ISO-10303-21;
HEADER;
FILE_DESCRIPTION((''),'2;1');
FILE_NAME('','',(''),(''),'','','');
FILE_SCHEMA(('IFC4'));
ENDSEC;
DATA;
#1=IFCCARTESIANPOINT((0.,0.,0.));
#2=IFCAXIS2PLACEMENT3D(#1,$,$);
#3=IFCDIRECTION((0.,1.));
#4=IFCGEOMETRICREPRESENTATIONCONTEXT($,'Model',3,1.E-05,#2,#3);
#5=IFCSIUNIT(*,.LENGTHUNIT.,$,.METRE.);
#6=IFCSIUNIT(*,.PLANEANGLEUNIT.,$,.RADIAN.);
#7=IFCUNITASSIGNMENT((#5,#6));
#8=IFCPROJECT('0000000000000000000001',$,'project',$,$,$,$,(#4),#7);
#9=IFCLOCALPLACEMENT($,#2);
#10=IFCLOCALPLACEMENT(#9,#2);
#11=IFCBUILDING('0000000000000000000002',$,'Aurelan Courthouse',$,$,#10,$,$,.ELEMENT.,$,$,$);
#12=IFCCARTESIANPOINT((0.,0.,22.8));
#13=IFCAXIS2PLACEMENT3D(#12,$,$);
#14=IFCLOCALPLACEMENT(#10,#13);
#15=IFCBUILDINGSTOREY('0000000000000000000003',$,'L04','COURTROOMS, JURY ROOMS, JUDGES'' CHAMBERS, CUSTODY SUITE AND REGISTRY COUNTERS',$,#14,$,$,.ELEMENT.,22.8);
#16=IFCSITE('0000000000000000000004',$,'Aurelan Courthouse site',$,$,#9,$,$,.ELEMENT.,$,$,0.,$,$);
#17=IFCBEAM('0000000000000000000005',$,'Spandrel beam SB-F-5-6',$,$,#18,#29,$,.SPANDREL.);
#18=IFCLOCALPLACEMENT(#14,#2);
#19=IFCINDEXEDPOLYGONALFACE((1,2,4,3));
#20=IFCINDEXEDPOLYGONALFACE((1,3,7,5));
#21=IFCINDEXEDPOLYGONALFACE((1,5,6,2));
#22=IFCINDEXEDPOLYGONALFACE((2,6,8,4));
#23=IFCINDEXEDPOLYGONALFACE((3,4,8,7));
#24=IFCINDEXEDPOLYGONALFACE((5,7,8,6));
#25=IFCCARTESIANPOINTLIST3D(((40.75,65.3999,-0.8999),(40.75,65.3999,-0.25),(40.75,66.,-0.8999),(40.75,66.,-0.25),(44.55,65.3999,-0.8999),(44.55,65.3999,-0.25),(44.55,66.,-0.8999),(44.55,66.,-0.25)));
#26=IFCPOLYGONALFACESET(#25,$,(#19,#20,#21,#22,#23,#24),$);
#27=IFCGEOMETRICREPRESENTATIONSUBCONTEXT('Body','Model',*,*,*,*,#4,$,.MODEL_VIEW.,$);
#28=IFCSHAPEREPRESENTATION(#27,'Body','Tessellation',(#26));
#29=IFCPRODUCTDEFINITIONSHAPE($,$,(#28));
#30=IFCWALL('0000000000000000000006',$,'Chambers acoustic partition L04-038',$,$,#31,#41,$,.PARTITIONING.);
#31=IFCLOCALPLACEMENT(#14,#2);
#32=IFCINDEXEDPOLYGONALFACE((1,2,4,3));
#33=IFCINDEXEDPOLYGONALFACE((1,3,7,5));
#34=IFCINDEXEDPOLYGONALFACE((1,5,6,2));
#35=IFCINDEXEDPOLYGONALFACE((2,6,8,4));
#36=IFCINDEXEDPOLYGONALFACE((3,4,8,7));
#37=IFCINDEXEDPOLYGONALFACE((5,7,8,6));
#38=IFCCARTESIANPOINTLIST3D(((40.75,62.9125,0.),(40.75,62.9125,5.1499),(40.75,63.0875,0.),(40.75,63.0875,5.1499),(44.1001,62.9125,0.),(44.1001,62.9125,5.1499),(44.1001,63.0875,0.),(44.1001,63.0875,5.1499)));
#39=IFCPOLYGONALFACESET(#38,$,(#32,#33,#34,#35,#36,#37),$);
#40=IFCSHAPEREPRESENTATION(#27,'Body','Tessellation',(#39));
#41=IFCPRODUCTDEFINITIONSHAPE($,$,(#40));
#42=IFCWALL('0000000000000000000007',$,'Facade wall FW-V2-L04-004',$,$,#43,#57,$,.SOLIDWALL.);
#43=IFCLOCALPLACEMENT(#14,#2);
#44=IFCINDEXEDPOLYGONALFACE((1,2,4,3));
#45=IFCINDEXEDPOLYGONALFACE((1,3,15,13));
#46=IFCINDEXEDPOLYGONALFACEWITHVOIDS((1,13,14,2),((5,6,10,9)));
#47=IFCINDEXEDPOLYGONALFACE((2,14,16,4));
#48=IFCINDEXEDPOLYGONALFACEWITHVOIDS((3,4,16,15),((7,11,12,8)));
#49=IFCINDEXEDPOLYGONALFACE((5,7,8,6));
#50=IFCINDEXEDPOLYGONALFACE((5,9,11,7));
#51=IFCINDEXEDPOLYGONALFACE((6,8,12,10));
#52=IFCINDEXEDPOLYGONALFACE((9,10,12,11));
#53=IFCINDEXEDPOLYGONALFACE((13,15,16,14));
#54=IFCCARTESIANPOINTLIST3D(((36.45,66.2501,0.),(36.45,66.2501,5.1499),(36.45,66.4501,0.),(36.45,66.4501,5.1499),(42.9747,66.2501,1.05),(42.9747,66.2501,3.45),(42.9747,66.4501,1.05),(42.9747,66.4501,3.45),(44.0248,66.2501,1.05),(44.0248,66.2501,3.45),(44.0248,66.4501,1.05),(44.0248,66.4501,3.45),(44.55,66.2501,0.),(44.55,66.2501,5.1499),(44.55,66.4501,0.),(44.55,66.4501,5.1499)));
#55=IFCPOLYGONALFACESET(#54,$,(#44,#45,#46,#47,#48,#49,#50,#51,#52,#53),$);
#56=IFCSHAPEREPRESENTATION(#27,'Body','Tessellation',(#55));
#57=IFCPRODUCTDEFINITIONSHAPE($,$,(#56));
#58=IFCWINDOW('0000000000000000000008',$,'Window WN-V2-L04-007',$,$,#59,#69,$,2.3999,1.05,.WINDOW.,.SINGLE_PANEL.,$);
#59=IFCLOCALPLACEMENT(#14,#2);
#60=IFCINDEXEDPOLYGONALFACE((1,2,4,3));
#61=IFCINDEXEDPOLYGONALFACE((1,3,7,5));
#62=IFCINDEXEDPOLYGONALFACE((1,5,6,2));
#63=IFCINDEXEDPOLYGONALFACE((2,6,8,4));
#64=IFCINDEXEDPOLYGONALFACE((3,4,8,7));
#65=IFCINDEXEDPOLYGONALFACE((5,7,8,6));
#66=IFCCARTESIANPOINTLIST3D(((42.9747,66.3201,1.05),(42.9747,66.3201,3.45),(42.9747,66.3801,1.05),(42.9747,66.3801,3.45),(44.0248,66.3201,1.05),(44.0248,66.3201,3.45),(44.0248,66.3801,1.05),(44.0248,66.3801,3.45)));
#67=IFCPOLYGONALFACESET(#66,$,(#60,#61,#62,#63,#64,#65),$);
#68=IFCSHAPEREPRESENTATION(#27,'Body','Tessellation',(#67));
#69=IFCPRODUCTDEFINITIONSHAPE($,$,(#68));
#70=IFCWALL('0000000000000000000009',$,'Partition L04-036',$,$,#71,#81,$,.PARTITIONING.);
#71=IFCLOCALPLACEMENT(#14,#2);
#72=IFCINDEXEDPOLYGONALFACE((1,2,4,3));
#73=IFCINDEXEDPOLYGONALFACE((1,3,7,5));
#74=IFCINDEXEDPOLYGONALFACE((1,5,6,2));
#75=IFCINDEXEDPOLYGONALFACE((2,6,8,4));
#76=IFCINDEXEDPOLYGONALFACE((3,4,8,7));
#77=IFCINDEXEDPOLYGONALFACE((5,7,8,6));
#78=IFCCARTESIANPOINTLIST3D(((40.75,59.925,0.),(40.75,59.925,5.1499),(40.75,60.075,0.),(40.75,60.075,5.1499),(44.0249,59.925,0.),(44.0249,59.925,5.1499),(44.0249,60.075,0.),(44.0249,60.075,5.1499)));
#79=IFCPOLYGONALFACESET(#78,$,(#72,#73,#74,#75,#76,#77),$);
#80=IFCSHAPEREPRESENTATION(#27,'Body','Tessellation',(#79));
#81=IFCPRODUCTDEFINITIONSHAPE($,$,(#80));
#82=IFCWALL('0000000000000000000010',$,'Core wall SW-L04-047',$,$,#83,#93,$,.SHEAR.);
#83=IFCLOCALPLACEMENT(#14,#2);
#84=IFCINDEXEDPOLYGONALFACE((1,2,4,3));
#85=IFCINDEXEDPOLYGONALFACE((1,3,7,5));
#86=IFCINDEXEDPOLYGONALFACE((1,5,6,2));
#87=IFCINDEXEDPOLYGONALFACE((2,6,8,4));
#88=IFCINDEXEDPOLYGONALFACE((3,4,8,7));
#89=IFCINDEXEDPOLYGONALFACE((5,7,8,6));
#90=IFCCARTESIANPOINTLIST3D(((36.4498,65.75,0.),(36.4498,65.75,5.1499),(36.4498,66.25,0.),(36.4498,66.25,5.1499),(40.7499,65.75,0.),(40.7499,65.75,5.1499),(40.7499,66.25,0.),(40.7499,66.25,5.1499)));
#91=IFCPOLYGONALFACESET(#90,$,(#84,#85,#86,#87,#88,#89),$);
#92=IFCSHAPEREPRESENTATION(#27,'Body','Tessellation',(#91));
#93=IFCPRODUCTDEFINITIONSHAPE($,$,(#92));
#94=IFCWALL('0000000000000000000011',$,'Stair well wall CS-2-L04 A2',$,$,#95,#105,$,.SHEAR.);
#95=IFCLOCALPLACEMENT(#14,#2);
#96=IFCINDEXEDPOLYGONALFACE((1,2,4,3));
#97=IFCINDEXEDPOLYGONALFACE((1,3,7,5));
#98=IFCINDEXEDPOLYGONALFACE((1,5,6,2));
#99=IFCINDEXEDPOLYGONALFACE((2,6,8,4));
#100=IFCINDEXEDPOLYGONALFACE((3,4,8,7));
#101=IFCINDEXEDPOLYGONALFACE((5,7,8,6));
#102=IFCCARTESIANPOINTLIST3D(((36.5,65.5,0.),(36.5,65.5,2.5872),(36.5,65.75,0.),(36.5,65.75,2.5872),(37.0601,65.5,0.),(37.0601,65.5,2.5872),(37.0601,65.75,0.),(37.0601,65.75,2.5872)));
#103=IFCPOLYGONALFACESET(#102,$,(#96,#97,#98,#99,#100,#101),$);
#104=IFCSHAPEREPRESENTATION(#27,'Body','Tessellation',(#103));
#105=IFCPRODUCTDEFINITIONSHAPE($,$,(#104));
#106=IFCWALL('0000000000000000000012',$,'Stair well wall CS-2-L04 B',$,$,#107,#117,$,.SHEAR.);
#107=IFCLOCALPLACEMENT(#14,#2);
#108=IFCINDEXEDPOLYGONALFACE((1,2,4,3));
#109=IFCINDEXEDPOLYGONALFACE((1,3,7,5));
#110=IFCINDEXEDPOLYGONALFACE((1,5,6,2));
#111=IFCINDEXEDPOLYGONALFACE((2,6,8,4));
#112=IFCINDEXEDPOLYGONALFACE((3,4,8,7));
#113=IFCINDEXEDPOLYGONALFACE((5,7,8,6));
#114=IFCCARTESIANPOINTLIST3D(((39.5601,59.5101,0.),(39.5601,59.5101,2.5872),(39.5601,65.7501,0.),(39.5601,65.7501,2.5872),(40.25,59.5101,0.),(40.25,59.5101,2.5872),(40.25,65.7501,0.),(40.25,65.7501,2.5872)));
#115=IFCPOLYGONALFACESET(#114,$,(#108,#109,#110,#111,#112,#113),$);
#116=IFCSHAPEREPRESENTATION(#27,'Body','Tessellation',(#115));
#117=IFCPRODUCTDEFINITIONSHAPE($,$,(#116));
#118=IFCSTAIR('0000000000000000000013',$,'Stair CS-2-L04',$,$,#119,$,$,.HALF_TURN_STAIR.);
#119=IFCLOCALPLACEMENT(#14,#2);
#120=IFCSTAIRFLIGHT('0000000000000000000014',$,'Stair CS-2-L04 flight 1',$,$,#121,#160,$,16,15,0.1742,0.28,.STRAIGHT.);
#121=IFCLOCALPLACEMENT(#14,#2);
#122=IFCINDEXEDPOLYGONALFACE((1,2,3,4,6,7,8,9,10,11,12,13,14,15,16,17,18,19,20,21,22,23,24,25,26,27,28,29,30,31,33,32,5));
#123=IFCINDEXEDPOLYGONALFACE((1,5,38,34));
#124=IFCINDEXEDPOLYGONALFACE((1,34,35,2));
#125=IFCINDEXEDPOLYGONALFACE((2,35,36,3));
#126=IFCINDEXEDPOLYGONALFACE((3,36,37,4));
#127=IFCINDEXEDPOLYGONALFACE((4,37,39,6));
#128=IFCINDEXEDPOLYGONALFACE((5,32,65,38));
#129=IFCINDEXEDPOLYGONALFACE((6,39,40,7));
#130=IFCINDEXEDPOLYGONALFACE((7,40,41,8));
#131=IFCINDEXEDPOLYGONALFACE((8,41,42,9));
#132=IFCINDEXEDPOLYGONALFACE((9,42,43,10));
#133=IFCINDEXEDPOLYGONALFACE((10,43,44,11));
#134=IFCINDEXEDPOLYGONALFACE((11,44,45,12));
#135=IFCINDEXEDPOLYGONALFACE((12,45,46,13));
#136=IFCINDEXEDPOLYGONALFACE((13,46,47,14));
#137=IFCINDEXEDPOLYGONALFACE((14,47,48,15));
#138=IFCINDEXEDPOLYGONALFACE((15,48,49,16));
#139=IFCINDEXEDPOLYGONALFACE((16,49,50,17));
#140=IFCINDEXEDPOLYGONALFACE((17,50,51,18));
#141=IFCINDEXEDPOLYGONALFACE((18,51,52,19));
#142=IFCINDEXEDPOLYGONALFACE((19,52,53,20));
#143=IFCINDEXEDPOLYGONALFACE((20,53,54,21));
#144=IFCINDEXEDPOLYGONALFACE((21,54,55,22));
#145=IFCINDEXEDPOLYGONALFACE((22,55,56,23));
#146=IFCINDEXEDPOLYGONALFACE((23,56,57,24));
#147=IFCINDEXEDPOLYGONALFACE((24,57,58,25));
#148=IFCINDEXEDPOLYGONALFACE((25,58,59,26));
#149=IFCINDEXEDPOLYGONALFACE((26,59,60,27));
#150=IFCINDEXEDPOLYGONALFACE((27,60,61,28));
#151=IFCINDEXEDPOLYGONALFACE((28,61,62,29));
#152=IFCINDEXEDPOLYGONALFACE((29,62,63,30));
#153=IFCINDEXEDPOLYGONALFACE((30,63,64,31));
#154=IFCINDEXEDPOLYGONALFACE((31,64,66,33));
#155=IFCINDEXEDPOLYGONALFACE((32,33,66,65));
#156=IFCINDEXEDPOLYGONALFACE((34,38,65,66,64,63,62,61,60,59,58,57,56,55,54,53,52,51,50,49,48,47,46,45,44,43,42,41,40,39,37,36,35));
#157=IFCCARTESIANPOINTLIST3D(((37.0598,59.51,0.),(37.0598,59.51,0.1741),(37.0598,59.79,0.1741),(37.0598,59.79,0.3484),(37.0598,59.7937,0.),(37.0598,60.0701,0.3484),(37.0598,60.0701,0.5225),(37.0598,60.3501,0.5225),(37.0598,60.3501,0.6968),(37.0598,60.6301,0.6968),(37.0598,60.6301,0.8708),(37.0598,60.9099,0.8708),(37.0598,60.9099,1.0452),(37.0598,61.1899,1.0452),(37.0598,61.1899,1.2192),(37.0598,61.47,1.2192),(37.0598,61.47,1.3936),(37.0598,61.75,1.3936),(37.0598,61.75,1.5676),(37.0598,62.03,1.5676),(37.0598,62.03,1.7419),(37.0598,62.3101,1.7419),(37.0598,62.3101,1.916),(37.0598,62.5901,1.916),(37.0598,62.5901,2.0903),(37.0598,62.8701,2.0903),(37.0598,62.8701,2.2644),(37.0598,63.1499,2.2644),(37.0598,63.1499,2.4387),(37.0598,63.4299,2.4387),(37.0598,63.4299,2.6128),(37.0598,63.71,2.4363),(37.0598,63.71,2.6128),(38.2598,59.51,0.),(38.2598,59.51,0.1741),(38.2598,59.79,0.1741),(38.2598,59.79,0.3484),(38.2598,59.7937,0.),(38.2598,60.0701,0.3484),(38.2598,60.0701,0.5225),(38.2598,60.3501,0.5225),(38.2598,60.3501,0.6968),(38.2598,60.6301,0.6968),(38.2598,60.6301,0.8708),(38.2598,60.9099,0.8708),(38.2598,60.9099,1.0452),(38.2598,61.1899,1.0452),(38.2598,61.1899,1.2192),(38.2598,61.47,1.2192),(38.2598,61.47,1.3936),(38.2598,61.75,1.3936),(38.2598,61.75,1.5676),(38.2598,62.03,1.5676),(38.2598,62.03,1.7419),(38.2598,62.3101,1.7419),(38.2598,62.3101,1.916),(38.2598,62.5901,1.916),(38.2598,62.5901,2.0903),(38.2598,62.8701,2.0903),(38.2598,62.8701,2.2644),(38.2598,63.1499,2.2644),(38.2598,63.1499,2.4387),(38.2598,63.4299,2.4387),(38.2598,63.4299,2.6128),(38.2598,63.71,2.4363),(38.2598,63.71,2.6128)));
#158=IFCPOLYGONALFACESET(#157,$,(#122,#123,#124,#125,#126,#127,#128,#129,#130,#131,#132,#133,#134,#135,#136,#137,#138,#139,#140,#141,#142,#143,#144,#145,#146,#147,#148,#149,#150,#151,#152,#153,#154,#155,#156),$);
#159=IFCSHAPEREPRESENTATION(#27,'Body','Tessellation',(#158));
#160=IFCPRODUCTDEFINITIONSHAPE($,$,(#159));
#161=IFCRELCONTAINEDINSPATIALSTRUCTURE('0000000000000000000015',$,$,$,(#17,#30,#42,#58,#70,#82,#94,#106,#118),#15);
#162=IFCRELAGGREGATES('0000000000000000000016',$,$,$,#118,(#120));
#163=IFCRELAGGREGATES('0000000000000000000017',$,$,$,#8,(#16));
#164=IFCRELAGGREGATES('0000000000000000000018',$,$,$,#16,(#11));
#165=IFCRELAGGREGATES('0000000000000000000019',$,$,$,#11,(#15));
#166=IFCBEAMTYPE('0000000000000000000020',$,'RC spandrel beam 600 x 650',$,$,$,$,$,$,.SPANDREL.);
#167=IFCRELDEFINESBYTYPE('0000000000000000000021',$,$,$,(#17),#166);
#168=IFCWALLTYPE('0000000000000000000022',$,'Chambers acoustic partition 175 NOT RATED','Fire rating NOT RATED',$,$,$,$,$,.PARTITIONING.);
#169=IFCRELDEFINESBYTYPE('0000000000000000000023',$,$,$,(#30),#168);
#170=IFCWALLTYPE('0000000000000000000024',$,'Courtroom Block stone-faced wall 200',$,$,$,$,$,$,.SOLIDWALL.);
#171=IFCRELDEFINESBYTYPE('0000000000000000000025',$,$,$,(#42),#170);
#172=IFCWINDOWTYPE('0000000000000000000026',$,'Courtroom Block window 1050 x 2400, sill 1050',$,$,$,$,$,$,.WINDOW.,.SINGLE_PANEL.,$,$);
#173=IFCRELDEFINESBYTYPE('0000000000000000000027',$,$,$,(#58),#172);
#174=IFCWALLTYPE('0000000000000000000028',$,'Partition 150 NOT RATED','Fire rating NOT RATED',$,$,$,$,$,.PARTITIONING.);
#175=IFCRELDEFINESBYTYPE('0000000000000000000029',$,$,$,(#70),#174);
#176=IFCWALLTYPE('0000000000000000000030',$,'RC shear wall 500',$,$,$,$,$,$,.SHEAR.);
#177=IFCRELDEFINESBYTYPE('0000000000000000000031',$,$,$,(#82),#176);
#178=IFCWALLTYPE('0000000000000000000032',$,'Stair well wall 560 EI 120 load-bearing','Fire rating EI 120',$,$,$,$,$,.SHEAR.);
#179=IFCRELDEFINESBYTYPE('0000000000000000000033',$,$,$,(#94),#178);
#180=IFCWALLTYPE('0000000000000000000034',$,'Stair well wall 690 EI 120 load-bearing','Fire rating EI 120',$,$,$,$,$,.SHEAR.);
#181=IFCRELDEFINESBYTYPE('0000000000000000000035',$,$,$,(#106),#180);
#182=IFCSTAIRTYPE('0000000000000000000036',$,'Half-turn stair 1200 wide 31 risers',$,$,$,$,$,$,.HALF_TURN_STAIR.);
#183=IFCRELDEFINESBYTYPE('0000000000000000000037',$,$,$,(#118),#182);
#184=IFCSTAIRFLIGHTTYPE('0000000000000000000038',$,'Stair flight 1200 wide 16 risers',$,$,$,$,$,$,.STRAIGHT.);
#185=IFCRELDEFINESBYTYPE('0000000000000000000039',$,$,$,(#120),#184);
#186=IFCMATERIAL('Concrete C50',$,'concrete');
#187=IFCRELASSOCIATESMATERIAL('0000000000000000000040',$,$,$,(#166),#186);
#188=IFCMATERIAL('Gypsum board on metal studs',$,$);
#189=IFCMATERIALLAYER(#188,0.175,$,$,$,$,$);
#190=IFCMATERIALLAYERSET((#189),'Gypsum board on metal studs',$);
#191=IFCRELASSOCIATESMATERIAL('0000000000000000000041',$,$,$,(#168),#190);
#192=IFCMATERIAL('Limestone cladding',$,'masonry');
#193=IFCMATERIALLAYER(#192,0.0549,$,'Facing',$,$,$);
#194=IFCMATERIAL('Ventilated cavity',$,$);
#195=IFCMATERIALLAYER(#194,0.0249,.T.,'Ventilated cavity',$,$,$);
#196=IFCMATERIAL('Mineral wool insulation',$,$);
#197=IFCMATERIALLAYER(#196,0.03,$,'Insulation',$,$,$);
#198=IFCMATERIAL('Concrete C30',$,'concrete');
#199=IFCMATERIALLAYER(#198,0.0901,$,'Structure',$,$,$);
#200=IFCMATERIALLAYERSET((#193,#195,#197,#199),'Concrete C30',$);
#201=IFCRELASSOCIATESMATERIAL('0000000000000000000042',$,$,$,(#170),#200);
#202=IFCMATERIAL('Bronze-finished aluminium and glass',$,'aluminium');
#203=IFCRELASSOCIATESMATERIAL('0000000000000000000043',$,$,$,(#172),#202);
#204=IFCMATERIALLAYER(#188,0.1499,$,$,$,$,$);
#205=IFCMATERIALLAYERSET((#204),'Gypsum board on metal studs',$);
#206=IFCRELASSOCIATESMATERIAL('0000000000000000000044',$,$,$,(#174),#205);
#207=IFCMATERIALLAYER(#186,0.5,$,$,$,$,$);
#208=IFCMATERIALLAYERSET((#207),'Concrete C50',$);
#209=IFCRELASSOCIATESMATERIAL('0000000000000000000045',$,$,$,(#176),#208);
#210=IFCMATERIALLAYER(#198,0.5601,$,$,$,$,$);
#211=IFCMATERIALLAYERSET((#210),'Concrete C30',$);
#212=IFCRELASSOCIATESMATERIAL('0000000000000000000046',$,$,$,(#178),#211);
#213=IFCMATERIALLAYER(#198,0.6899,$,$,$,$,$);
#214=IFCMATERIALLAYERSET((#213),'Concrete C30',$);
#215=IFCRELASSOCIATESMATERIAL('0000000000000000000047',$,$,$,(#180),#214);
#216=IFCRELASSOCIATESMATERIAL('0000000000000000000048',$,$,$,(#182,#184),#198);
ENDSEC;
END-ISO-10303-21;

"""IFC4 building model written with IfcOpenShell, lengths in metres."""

from ifc_helpers import new_model, si_unit, direction, frame, frame_2d, origin, origin_2d, place, context, subcontext, project, spatial, polyline, rectangle, outline, extrude, material, layer, layer_set, material_profile, profile_set, type_object, element, fill, aggregate, save


model = new_model("IFC4")

# Units and contexts
model_context = context("Model", 3, precision=1e-05, world=origin(), true_north=direction((0.0, 1.0)))
body_context = subcontext(model_context, "Body", "Model", "MODEL_VIEW")
ifc_project = project(units=[si_unit("LENGTHUNIT", "METRE"), si_unit("PLANEANGLEUNIT", "RADIAN")], contexts=[model_context])

# Site, building, storey
site_placement = place(None, origin())
site = spatial("IfcSite", under=ifc_project, at=site_placement, Name="Aurelan Courthouse site", CompositionType="ELEMENT", RefElevation=0.0)
building_placement = place(site_placement, origin())
building = spatial("IfcBuilding", under=site, at=building_placement, Name="Aurelan Courthouse", CompositionType="ELEMENT")
storey_placement = place(building_placement, frame((0.0, 0.0, 22.8)))
storey = spatial("IfcBuildingStorey", under=building, at=storey_placement, Name="L04", Description="COURTROOMS, JURY ROOMS, JUDGES' CHAMBERS, CUSTODY SUITE AND REGISTRY COUNTERS", CompositionType="ELEMENT", Elevation=22.8)

# Beam
ifc_material_1 = material(Name="Concrete C50", Category="concrete")
ifc_material_profile = material_profile(ifc_material_1, rectangle(XDim=0.6001, YDim=0.6499, at=origin_2d()), Name="RC 600 x 650")
ifc_profile_set = profile_set([ifc_material_profile], Name="Concrete C50")
beam_type = type_object("IfcBeamType", Name="RC spandrel beam 600 x 650", PredefinedType="SPANDREL", material=ifc_profile_set)
beam_placement = place(storey_placement, frame((40.75, 65.7, -0.575), z_axis=(1.0, 0.0, 0.0), x_axis=(0.0, 1.0, 0.0)))
element("IfcBeam", 1, at=beam_placement, inside=storey, type_object=beam_type, Name="Spandrel beam SB-F-5-6", PredefinedType="SPANDREL", context=body_context, shape_type="SweptSolid", body=[
    extrude(rectangle(XDim=0.6001, YDim=0.6499, at=origin_2d()), origin(), (0.0, 0.0, 1.0), 3.8),
])

# Wall
ifc_material_2 = material(Name="Gypsum board on metal studs")
ifc_layer_1 = layer(ifc_material_2, 0.175)
ifc_layer_set_1 = layer_set([ifc_layer_1], Name="Gypsum board on metal studs")
wall_type_1 = type_object("IfcWallType", Name="Chambers acoustic partition 175 NOT RATED", Description="Fire rating NOT RATED", PredefinedType="PARTITIONING", material=ifc_layer_set_1)
wall_1_placement = place(storey_placement, frame((40.75, 63.0, 0.0), z_axis=(0.0, 0.0, 1.0), x_axis=(1.0, 0.0, 0.0)))
element("IfcWall", 2, at=wall_1_placement, inside=storey, type_object=wall_type_1, Name="Chambers acoustic partition L04-038", PredefinedType="PARTITIONING", context=body_context, shape_type="SweptSolid", body=[
    extrude(rectangle(XDim=3.3501, YDim=0.175, at=frame_2d((1.675, 0.0))), origin(), (0.0, 0.0, 1.0), 5.1499),
])

# Wall, opening, window
ifc_material_3 = material(Name="Limestone cladding", Category="masonry")
ifc_layer_2 = layer(ifc_material_3, 0.0549, Name="Facing")
ifc_material_4 = material(Name="Ventilated cavity")
ifc_layer_3 = layer(ifc_material_4, 0.0249, ventilated=True, Name="Ventilated cavity")
ifc_material_5 = material(Name="Mineral wool insulation")
ifc_layer_4 = layer(ifc_material_5, 0.03, Name="Insulation")
ifc_material_6 = material(Name="Concrete C30", Category="concrete")
ifc_layer_5 = layer(ifc_material_6, 0.0901, Name="Structure")
ifc_layer_set_2 = layer_set([ifc_layer_2, ifc_layer_3, ifc_layer_4, ifc_layer_5], Name="Concrete C30")
wall_type_2 = type_object("IfcWallType", Name="Courtroom Block stone-faced wall 200", PredefinedType="SOLIDWALL", material=ifc_layer_set_2)
wall_2_placement = place(storey_placement, frame((36.45, 66.3501, 0.0), z_axis=(0.0, 0.0, 1.0), x_axis=(1.0, 0.0, 0.0)))
wall_2 = element("IfcWall", 3, at=wall_2_placement, inside=storey, type_object=wall_type_2, Name="Facade wall FW-V2-L04-004", PredefinedType="SOLIDWALL", context=body_context, shape_type="SweptSolid", body=[
    extrude(rectangle(XDim=8.1001, YDim=0.2, at=frame_2d((4.05, 0.0))), origin(), (0.0, 0.0, 1.0), 5.1499),
])
opening_placement = place(wall_2_placement, frame((6.5249, 0.0, 1.05)))
opening = element("IfcOpeningElement", 4, at=opening_placement, cuts=wall_2, PredefinedType="OPENING", context=body_context, shape_type="SweptSolid", body=[
    extrude(rectangle(XDim=1.05, YDim=2.3999, at=frame_2d((0.5249, 1.2))), frame((0.0, 0.1099, 0.0), z_axis=(0.0, -1.0, 0.0), x_axis=(1.0, 0.0, 0.0)), (0.0, 0.0, 1.0), 0.22),
])
ifc_material_7 = material(Name="Bronze-finished aluminium and glass", Category="aluminium")
window_type = type_object("IfcWindowType", Name="Courtroom Block window 1050 x 2400, sill 1050", PartitioningType="SINGLE_PANEL", PredefinedType="WINDOW", material=ifc_material_7)
window_placement = place(opening_placement, origin())
window = element("IfcWindow", 5, at=window_placement, inside=storey, type_object=window_type, Name="Window WN-V2-L04-007", OverallHeight=2.3999, OverallWidth=1.05, PartitioningType="SINGLE_PANEL", PredefinedType="WINDOW", context=body_context, shape_type="SweptSolid", body=[
    extrude(rectangle(XDim=1.05, YDim=2.3999, at=frame_2d((0.5249, 1.2))), frame((0.0, 0.03, 0.0), z_axis=(0.0, -1.0, 0.0), x_axis=(1.0, 0.0, 0.0)), (0.0, 0.0, 1.0), 0.0601),
])
fill(opening, window)

# Walls
ifc_layer_6 = layer(ifc_material_2, 0.1499)
ifc_layer_set_3 = layer_set([ifc_layer_6], Name="Gypsum board on metal studs")
wall_type_3 = type_object("IfcWallType", Name="Partition 150 NOT RATED", Description="Fire rating NOT RATED", PredefinedType="PARTITIONING", material=ifc_layer_set_3)
wall_3_placement = place(storey_placement, frame((40.75, 60.0, 0.0), z_axis=(0.0, 0.0, 1.0), x_axis=(1.0, 0.0, 0.0)))
element("IfcWall", 6, at=wall_3_placement, inside=storey, type_object=wall_type_3, Name="Partition L04-036", PredefinedType="PARTITIONING", context=body_context, shape_type="SweptSolid", body=[
    extrude(rectangle(XDim=3.2749, YDim=0.1499, at=frame_2d((1.6375, 0.0))), origin(), (0.0, 0.0, 1.0), 5.1499),
])
ifc_layer_7 = layer(ifc_material_1, 0.5)
ifc_layer_set_4 = layer_set([ifc_layer_7], Name="Concrete C50")
wall_type_4 = type_object("IfcWallType", Name="RC shear wall 500", PredefinedType="SHEAR", material=ifc_layer_set_4)
wall_4_placement = place(storey_placement, frame((36.45, 66.0, 0.0), z_axis=(0.0, 0.0, 1.0), x_axis=(1.0, 0.0, 0.0)))
element("IfcWall", 7, at=wall_4_placement, inside=storey, type_object=wall_type_4, Name="Core wall SW-L04-047", PredefinedType="SHEAR", context=body_context, shape_type="SweptSolid", body=[
    extrude(rectangle(XDim=4.3, YDim=0.5, at=frame_2d((2.1499, 0.0))), origin(), (0.0, 0.0, 1.0), 5.1499),
])
ifc_layer_8 = layer(ifc_material_6, 0.5601)
ifc_layer_set_5 = layer_set([ifc_layer_8], Name="Concrete C30")
wall_type_5 = type_object("IfcWallType", Name="Stair well wall 560 EI 120 load-bearing", Description="Fire rating EI 120", PredefinedType="SHEAR", material=ifc_layer_set_5)
wall_5_placement = place(storey_placement, frame((36.78, 65.5, 0.0), z_axis=(0.0, 0.0, 1.0), x_axis=(0.0, 1.0, 0.0)))
element("IfcWall", 8, at=wall_5_placement, inside=storey, type_object=wall_type_5, Name="Stair well wall CS-2-L04 A2", PredefinedType="SHEAR", context=body_context, shape_type="SweptSolid", body=[
    extrude(rectangle(XDim=0.25, YDim=0.5601, at=frame_2d((0.125, 0.0))), origin(), (0.0, 0.0, 1.0), 2.5872),
])
ifc_layer_9 = layer(ifc_material_6, 0.6899)
ifc_layer_set_6 = layer_set([ifc_layer_9], Name="Concrete C30")
wall_type_6 = type_object("IfcWallType", Name="Stair well wall 690 EI 120 load-bearing", Description="Fire rating EI 120", PredefinedType="SHEAR", material=ifc_layer_set_6)
wall_6_placement = place(storey_placement, frame((39.905, 59.51, 0.0), z_axis=(0.0, 0.0, 1.0), x_axis=(0.0, 1.0, 0.0)))
element("IfcWall", 9, at=wall_6_placement, inside=storey, type_object=wall_type_6, Name="Stair well wall CS-2-L04 B", PredefinedType="SHEAR", context=body_context, shape_type="SweptSolid", body=[
    extrude(rectangle(XDim=6.24, YDim=0.6899, at=frame_2d((3.1201, 0.0))), origin(), (0.0, 0.0, 1.0), 2.5872),
])

# Stair, stair flight
stair_type = type_object("IfcStairType", Name="Half-turn stair 1200 wide 31 risers", PredefinedType="HALF_TURN_STAIR", material=ifc_material_6)
stair_placement = place(storey_placement, origin())
stair = element("IfcStair", 10, at=stair_placement, inside=storey, type_object=stair_type, Name="Stair CS-2-L04", PredefinedType="HALF_TURN_STAIR")
stair_flight_type = type_object("IfcStairFlightType", Name="Stair flight 1200 wide 16 risers", PredefinedType="STRAIGHT", material=ifc_material_6)
stair_flight_1_placement = place(storey_placement, frame((37.6599, 59.51, 0.0), z_axis=(0.0, 0.0, 1.0), x_axis=(0.0, 1.0, 0.0)))
stair_flight_1 = element("IfcStairFlight", 11, at=stair_flight_1_placement, type_object=stair_flight_type, Name="Stair CS-2-L04 flight 1", NumberOfRisers=16, NumberOfTreads=15, PredefinedType="STRAIGHT", RiserHeight=0.1742, TreadLength=0.28, context=body_context, shape_type="SweptSolid", body=[
    extrude(outline(polyline([(0.0, 0.0), (0.0, 0.1741), (0.28, 0.1741), (0.28, 0.3484), (0.5601, 0.3484), (0.5601, 0.5225), (0.8401, 0.5225), (0.8401, 0.6968), (1.1201, 0.6968), (1.1201, 0.8708), (1.3999, 0.8708), (1.3999, 1.0452), (1.6799, 1.0452), (1.6799, 1.2192), (1.96, 1.2192), (1.96, 1.3936), (2.24, 1.3936), (2.24, 1.5676), (2.52, 1.5676), (2.52, 1.7419), (2.8, 1.7419), (2.8, 1.916), (3.0801, 1.916), (3.0801, 2.0903), (3.3601, 2.0903), (3.3601, 2.2644), (3.6399, 2.2644), (3.6399, 2.4387), (3.9199, 2.4387), (3.9199, 2.6128), (4.2, 2.6128), (4.2, 2.7871), (4.2, 2.4363), (0.2837, 0.0), (0.0, 0.0)])), frame((0.0, 0.6001, 0.0), z_axis=(0.0, -1.0, 0.0), x_axis=(1.0, 0.0, 0.0)), (0.0, 0.0, 1.0), 1.2),
])
aggregate(stair, [stair_flight_1])

save(model, "model.ifc")
